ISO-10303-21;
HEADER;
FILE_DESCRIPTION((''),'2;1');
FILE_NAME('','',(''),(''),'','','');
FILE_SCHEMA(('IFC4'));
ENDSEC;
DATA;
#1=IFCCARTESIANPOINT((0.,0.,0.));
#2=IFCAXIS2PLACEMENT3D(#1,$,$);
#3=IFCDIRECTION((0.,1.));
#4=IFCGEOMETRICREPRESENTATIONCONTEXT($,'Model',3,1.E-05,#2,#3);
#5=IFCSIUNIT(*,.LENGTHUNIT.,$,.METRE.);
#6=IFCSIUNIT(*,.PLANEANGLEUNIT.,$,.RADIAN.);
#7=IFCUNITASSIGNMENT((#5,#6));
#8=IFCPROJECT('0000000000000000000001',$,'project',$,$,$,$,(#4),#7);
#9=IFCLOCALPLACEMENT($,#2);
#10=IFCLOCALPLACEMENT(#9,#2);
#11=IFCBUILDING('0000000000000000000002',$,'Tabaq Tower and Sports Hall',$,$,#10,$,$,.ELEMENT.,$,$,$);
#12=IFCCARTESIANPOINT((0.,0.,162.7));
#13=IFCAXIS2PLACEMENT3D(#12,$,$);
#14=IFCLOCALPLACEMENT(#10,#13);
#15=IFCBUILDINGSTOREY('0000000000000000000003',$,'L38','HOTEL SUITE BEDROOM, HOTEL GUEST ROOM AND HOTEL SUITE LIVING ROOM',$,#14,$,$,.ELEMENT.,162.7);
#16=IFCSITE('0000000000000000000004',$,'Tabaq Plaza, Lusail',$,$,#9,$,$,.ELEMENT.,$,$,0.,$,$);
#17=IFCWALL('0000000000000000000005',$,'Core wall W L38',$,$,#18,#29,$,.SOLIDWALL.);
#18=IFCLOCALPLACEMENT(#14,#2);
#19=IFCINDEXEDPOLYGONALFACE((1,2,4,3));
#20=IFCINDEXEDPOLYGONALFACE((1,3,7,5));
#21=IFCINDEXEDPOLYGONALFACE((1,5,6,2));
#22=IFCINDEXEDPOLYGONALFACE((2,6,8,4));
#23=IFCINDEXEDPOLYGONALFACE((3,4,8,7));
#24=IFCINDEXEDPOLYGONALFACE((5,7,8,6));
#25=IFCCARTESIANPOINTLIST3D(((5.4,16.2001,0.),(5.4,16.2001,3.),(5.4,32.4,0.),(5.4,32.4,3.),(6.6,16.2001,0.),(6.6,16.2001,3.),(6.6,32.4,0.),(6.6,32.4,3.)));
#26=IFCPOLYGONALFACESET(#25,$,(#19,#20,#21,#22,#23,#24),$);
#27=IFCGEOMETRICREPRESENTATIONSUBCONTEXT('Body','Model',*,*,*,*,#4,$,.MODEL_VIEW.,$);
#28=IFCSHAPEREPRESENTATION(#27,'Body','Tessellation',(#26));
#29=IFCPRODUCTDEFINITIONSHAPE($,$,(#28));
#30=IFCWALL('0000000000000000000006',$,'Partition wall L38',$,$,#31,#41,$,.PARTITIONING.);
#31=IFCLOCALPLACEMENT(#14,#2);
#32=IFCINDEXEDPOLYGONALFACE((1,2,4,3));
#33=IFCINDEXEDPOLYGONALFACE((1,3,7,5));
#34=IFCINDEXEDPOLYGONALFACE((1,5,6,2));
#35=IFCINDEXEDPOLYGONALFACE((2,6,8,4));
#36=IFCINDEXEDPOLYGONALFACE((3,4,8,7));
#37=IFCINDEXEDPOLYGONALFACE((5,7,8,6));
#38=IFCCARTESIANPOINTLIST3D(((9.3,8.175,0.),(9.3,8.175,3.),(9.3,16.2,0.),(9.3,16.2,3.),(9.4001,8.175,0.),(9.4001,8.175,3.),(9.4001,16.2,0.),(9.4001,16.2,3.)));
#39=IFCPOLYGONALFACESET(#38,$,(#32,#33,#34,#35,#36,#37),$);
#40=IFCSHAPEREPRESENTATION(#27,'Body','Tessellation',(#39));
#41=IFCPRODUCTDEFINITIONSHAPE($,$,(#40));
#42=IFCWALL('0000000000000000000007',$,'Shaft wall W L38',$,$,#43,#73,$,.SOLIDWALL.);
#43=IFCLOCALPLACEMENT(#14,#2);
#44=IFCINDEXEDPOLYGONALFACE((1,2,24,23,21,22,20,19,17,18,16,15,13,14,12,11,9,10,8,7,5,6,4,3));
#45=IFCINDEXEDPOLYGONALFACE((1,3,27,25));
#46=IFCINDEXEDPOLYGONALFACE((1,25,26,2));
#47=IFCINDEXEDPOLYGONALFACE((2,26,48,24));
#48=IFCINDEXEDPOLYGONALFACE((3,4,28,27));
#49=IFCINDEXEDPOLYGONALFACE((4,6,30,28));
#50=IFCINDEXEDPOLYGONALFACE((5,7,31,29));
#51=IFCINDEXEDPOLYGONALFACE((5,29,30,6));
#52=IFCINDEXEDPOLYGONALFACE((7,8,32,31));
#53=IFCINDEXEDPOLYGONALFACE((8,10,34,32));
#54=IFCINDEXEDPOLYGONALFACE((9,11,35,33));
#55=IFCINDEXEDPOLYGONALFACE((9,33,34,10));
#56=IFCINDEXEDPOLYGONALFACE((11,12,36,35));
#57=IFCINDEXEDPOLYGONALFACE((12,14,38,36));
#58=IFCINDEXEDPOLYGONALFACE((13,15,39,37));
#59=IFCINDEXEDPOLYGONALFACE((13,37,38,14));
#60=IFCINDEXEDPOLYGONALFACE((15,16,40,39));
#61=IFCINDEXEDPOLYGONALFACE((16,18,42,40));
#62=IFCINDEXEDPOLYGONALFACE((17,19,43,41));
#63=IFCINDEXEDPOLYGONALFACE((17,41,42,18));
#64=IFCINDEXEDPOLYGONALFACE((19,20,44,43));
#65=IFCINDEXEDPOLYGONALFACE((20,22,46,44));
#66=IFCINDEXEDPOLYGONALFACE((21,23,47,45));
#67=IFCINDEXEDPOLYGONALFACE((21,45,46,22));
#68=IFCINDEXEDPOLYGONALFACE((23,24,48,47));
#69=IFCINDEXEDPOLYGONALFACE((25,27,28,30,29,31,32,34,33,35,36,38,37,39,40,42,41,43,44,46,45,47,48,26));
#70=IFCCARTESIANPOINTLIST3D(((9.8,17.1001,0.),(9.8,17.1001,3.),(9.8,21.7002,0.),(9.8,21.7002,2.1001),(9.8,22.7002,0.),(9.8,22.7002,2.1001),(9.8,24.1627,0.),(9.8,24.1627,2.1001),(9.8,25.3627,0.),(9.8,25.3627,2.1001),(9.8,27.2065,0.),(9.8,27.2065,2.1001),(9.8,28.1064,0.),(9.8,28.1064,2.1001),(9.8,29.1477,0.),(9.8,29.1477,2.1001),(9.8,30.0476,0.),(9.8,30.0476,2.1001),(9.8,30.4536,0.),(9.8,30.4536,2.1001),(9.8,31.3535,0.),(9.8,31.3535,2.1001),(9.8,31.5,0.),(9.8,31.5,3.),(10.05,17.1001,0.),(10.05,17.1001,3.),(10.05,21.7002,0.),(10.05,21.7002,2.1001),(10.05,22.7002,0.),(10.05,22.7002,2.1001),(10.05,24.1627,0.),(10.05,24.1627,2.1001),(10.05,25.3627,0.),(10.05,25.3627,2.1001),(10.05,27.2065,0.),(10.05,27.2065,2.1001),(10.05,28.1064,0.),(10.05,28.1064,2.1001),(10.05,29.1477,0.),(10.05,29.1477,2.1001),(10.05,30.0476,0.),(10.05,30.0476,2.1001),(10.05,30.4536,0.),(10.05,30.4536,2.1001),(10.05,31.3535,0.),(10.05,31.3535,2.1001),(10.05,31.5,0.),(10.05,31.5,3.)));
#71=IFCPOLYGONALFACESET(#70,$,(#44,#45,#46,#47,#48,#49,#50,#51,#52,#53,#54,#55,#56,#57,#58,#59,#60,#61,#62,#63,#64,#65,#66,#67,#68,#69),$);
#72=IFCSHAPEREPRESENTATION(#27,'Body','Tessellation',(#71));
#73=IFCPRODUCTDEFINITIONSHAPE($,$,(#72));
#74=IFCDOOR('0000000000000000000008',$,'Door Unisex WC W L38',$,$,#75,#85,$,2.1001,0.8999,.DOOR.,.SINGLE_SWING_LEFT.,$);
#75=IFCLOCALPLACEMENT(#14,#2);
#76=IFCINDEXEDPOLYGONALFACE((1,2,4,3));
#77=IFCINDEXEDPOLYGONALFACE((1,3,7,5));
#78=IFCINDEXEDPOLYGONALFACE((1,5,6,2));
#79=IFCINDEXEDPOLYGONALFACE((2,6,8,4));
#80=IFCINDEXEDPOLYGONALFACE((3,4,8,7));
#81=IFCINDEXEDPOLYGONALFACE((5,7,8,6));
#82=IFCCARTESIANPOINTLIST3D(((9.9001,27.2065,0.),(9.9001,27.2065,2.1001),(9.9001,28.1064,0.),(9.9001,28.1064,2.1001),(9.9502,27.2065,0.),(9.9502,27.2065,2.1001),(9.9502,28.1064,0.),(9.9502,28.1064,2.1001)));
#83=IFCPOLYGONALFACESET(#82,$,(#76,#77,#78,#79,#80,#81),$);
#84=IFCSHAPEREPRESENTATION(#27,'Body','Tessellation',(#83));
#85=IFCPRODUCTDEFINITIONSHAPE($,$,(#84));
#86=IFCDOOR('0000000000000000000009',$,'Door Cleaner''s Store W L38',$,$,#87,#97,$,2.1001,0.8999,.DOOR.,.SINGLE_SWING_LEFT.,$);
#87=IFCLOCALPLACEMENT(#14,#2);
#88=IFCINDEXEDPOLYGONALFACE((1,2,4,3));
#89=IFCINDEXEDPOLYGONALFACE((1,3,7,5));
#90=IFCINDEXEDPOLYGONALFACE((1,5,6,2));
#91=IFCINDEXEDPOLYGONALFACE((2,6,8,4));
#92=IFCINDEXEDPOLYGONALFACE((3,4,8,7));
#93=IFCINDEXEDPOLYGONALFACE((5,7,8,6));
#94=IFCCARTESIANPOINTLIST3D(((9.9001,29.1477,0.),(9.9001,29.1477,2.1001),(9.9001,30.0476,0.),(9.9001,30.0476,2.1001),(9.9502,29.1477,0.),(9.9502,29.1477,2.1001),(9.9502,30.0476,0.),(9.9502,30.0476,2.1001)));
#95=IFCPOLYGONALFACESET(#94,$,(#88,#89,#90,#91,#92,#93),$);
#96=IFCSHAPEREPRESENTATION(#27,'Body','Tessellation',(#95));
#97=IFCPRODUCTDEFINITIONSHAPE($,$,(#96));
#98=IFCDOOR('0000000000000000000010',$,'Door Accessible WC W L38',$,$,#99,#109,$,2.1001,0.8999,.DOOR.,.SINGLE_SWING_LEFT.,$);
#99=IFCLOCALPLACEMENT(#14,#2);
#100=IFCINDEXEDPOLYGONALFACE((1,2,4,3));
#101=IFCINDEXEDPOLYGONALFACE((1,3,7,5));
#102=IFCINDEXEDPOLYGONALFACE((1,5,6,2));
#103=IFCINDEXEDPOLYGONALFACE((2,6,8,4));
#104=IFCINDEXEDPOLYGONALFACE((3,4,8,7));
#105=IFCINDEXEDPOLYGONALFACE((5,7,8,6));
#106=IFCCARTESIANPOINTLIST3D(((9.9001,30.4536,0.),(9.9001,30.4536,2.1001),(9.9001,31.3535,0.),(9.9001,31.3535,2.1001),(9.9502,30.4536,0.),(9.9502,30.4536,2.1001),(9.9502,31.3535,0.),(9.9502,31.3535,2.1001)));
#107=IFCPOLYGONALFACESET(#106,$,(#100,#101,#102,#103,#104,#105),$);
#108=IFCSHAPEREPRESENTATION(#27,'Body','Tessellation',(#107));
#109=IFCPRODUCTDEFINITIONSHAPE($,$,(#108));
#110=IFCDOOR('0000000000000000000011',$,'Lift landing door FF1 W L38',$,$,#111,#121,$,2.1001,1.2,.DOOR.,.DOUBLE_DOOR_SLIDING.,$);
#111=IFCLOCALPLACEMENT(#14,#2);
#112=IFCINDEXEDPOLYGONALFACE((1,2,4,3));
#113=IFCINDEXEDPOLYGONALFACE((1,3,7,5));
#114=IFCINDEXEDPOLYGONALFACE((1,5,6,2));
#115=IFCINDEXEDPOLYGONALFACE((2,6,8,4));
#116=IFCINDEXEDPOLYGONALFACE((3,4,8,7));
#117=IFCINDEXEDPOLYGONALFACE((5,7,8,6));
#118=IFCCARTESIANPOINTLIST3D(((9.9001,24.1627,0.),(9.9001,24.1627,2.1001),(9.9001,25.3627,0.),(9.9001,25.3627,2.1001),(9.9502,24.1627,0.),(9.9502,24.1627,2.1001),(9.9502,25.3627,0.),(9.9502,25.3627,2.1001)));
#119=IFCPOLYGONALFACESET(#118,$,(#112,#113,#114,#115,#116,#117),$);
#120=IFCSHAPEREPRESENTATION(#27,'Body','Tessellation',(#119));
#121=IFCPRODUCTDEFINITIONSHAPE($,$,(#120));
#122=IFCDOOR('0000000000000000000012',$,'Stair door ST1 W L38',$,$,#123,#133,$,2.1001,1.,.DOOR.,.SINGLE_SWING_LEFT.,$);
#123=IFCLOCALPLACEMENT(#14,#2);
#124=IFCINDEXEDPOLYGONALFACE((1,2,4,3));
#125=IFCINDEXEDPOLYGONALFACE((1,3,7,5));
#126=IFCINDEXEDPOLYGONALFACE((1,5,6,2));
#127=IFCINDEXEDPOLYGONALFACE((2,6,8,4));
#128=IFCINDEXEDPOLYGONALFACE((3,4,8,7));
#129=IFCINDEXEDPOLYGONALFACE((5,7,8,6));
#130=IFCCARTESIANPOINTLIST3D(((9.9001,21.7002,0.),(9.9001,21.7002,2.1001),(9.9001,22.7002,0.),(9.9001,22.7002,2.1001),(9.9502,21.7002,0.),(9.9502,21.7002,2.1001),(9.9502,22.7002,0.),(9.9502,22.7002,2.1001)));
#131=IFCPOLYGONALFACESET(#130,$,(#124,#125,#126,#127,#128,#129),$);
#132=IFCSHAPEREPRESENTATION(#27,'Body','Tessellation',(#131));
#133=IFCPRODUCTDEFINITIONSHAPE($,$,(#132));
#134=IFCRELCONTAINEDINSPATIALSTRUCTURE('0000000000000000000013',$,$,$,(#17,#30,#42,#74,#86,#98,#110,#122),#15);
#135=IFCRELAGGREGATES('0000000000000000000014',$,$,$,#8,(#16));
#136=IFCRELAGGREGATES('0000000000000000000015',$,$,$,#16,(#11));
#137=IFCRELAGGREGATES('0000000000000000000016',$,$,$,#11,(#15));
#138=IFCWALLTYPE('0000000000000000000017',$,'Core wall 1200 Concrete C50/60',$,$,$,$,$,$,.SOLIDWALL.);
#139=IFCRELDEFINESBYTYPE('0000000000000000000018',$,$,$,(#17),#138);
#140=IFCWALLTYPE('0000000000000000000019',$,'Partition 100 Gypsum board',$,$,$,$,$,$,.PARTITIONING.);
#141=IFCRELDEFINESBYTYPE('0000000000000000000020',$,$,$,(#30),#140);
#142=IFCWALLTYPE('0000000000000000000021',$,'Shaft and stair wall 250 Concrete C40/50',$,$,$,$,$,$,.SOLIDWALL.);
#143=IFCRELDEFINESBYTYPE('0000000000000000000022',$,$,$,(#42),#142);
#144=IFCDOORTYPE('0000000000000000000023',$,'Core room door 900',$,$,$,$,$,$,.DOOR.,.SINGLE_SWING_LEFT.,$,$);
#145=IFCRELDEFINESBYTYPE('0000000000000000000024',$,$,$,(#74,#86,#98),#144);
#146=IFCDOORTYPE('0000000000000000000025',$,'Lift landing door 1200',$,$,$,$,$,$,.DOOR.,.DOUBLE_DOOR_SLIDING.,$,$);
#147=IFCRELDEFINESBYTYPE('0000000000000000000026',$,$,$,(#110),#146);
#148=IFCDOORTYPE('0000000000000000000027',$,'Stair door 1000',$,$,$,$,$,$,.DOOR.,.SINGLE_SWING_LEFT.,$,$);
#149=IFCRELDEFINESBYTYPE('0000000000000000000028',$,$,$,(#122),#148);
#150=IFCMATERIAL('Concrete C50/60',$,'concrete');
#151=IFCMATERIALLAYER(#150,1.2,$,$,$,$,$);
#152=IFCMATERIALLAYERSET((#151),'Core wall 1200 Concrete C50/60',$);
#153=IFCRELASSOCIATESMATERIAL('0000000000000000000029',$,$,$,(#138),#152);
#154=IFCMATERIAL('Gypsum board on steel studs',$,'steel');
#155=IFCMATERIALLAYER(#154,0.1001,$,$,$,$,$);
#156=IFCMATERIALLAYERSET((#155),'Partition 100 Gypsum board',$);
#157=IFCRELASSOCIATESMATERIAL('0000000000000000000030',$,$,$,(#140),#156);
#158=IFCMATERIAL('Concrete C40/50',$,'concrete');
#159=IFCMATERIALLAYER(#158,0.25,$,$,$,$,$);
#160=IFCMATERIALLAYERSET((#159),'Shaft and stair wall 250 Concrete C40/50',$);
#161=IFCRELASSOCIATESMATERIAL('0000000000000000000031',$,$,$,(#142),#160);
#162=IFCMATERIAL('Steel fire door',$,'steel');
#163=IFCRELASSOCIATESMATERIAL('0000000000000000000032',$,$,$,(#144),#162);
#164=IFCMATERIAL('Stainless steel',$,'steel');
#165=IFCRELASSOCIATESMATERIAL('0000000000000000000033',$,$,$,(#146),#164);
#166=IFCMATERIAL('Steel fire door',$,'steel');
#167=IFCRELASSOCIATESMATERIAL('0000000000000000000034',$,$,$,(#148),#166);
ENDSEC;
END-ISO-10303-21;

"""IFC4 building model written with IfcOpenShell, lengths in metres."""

from ifc_helpers import new_model, si_unit, direction, frame, frame_2d, origin, place, context, subcontext, project, spatial, rectangle, extrude, material, layer, layer_set, type_object, element, fill, save


model = new_model("IFC4")

# Units and contexts
model_context = context("Model", 3, precision=1e-05, world=origin(), true_north=direction((0.0, 1.0)))
body_context = subcontext(model_context, "Body", "Model", "MODEL_VIEW")
ifc_project = project(units=[si_unit("LENGTHUNIT", "METRE"), si_unit("PLANEANGLEUNIT", "RADIAN")], contexts=[model_context])

# Site, building, storey
site_placement = place(None, origin())
site = spatial("IfcSite", under=ifc_project, at=site_placement, Name="Tabaq Plaza, Lusail", CompositionType="ELEMENT", RefElevation=0.0)
building_placement = place(site_placement, origin())
building = spatial("IfcBuilding", under=site, at=building_placement, Name="Tabaq Tower and Sports Hall", CompositionType="ELEMENT")
storey_placement = place(building_placement, frame((0.0, 0.0, 162.7)))
storey = spatial("IfcBuildingStorey", under=building, at=storey_placement, Name="L38", Description="HOTEL SUITE BEDROOM, HOTEL GUEST ROOM AND HOTEL SUITE LIVING ROOM", CompositionType="ELEMENT", Elevation=162.7)

# Walls
ifc_material_1 = material(Name="Concrete C50/60", Category="concrete")
ifc_layer_1 = layer(ifc_material_1, 1.2)
ifc_layer_set_1 = layer_set([ifc_layer_1], Name="Core wall 1200 Concrete C50/60")
wall_type_1 = type_object("IfcWallType", Name="Core wall 1200 Concrete C50/60", PredefinedType="SOLIDWALL", material=ifc_layer_set_1)
wall_1_placement = place(storey_placement, frame((6.0, 16.2, 0.0), z_axis=(0.0, 0.0, 1.0), x_axis=(0.0, 1.0, 0.0)))
element("IfcWall", 1, at=wall_1_placement, inside=storey, type_object=wall_type_1, Name="Core wall W L38", PredefinedType="SOLIDWALL", context=body_context, shape_type="SweptSolid", body=[
    extrude(rectangle(XDim=16.2, YDim=1.2, at=frame_2d((8.1001, 0.0))), origin(), (0.0, 0.0, 1.0), 3.0),
])
ifc_material_2 = material(Name="Gypsum board on steel studs", Category="steel")
ifc_layer_2 = layer(ifc_material_2, 0.1001)
ifc_layer_set_2 = layer_set([ifc_layer_2], Name="Partition 100 Gypsum board")
wall_type_2 = type_object("IfcWallType", Name="Partition 100 Gypsum board", PredefinedType="PARTITIONING", material=ifc_layer_set_2)
wall_2_placement = place(storey_placement, frame((9.3501, 16.2, 0.0), z_axis=(0.0, 0.0, 1.0), x_axis=(0.0, -1.0, 0.0)))
element("IfcWall", 2, at=wall_2_placement, inside=storey, type_object=wall_type_2, Name="Partition wall L38", PredefinedType="PARTITIONING", context=body_context, shape_type="SweptSolid", body=[
    extrude(rectangle(XDim=8.0249, YDim=0.1001, at=frame_2d((4.0125, 0.0))), origin(), (0.0, 0.0, 1.0), 3.0),
])

# Wall, openings, doors
ifc_material_3 = material(Name="Concrete C40/50", Category="concrete")
ifc_layer_3 = layer(ifc_material_3, 0.25)
ifc_layer_set_3 = layer_set([ifc_layer_3], Name="Shaft and stair wall 250 Concrete C40/50")
wall_type_3 = type_object("IfcWallType", Name="Shaft and stair wall 250 Concrete C40/50", PredefinedType="SOLIDWALL", material=ifc_layer_set_3)
wall_3_placement = place(storey_placement, frame((9.925, 17.1001, 0.0), z_axis=(0.0, 0.0, 1.0), x_axis=(0.0, 1.0, 0.0)))
wall_3 = element("IfcWall", 3, at=wall_3_placement, inside=storey, type_object=wall_type_3, Name="Shaft wall W L38", PredefinedType="SOLIDWALL", context=body_context, shape_type="SweptSolid", body=[
    extrude(rectangle(XDim=14.3999, YDim=0.25, at=frame_2d((7.2, 0.0))), origin(), (0.0, 0.0, 1.0), 3.0),
])
opening_1_placement = place(wall_3_placement, frame((4.6001, 0.0, 0.0)))
opening_1 = element("IfcOpeningElement", 4, at=opening_1_placement, cuts=wall_3, PredefinedType="OPENING", context=body_context, shape_type="SweptSolid", body=[
    extrude(rectangle(XDim=1.0, YDim=2.1001, at=frame_2d((0.5, 1.05))), frame((0.0, 0.125, 0.0), z_axis=(0.0, -1.0, 0.0), x_axis=(1.0, 0.0, 0.0)), (0.0, 0.0, 1.0), 0.25),
])
opening_2_placement = place(wall_3_placement, frame((7.0625, 0.0, 0.0)))
opening_2 = element("IfcOpeningElement", 5, at=opening_2_placement, cuts=wall_3, PredefinedType="OPENING", context=body_context, shape_type="SweptSolid", body=[
    extrude(rectangle(XDim=1.2, YDim=2.1001, at=frame_2d((0.6001, 1.05))), frame((0.0, 0.125, 0.0), z_axis=(0.0, -1.0, 0.0), x_axis=(1.0, 0.0, 0.0)), (0.0, 0.0, 1.0), 0.25),
])
opening_3_placement = place(wall_3_placement, frame((10.1064, 0.0, 0.0)))
opening_3 = element("IfcOpeningElement", 6, at=opening_3_placement, cuts=wall_3, PredefinedType="OPENING", context=body_context, shape_type="SweptSolid", body=[
    extrude(rectangle(XDim=0.8999, YDim=2.1001, at=frame_2d((0.45, 1.05))), frame((0.0, 0.125, 0.0), z_axis=(0.0, -1.0, 0.0), x_axis=(1.0, 0.0, 0.0)), (0.0, 0.0, 1.0), 0.25),
])
opening_4_placement = place(wall_3_placement, frame((12.0476, 0.0, 0.0)))
opening_4 = element("IfcOpeningElement", 7, at=opening_4_placement, cuts=wall_3, PredefinedType="OPENING", context=body_context, shape_type="SweptSolid", body=[
    extrude(rectangle(XDim=0.8999, YDim=2.1001, at=frame_2d((0.45, 1.05))), frame((0.0, 0.125, 0.0), z_axis=(0.0, -1.0, 0.0), x_axis=(1.0, 0.0, 0.0)), (0.0, 0.0, 1.0), 0.25),
])
opening_5_placement = place(wall_3_placement, frame((13.3535, 0.0, 0.0)))
opening_5 = element("IfcOpeningElement", 8, at=opening_5_placement, cuts=wall_3, PredefinedType="OPENING", context=body_context, shape_type="SweptSolid", body=[
    extrude(rectangle(XDim=0.8999, YDim=2.1001, at=frame_2d((0.45, 1.05))), frame((0.0, 0.125, 0.0), z_axis=(0.0, -1.0, 0.0), x_axis=(1.0, 0.0, 0.0)), (0.0, 0.0, 1.0), 0.25),
])
ifc_material_4 = material(Name="Steel fire door", Category="steel")
door_type_1 = type_object("IfcDoorType", Name="Core room door 900", OperationType="SINGLE_SWING_LEFT", PredefinedType="DOOR", material=ifc_material_4)
door_1_placement = place(opening_3_placement, origin())
door_1 = element("IfcDoor", 9, at=door_1_placement, inside=storey, type_object=door_type_1, Name="Door Unisex WC W L38", OperationType="SINGLE_SWING_LEFT", OverallHeight=2.1001, OverallWidth=0.8999, PredefinedType="DOOR", context=body_context, shape_type="SweptSolid", body=[
    extrude(rectangle(XDim=0.8999, YDim=2.1001, at=frame_2d((0.45, 1.05))), frame((0.0, 0.0249, 0.0), z_axis=(0.0, -1.0, 0.0), x_axis=(1.0, 0.0, 0.0)), (0.0, 0.0, 1.0), 0.05),
])
fill(opening_3, door_1)
door_2_placement = place(opening_4_placement, origin())
door_2 = element("IfcDoor", 10, at=door_2_placement, inside=storey, type_object=door_type_1, Name="Door Cleaner's Store W L38", OperationType="SINGLE_SWING_LEFT", OverallHeight=2.1001, OverallWidth=0.8999, PredefinedType="DOOR", context=body_context, shape_type="SweptSolid", body=[
    extrude(rectangle(XDim=0.8999, YDim=2.1001, at=frame_2d((0.45, 1.05))), frame((0.0, 0.0249, 0.0), z_axis=(0.0, -1.0, 0.0), x_axis=(1.0, 0.0, 0.0)), (0.0, 0.0, 1.0), 0.05),
])
fill(opening_4, door_2)
door_3_placement = place(opening_5_placement, origin())
door_3 = element("IfcDoor", 11, at=door_3_placement, inside=storey, type_object=door_type_1, Name="Door Accessible WC W L38", OperationType="SINGLE_SWING_LEFT", OverallHeight=2.1001, OverallWidth=0.8999, PredefinedType="DOOR", context=body_context, shape_type="SweptSolid", body=[
    extrude(rectangle(XDim=0.8999, YDim=2.1001, at=frame_2d((0.45, 1.05))), frame((0.0, 0.0249, 0.0), z_axis=(0.0, -1.0, 0.0), x_axis=(1.0, 0.0, 0.0)), (0.0, 0.0, 1.0), 0.05),
])
fill(opening_5, door_3)
ifc_material_5 = material(Name="Stainless steel", Category="steel")
door_type_2 = type_object("IfcDoorType", Name="Lift landing door 1200", OperationType="DOUBLE_DOOR_SLIDING", PredefinedType="DOOR", material=ifc_material_5)
door_4_placement = place(opening_2_placement, origin())
door_4 = element("IfcDoor", 12, at=door_4_placement, inside=storey, type_object=door_type_2, Name="Lift landing door FF1 W L38", OperationType="DOUBLE_DOOR_SLIDING", OverallHeight=2.1001, OverallWidth=1.2, PredefinedType="DOOR", context=body_context, shape_type="SweptSolid", body=[
    extrude(rectangle(XDim=1.2, YDim=2.1001, at=frame_2d((0.6001, 1.05))), frame((0.0, 0.0249, 0.0), z_axis=(0.0, -1.0, 0.0), x_axis=(1.0, 0.0, 0.0)), (0.0, 0.0, 1.0), 0.05),
])
fill(opening_2, door_4)
ifc_material_6 = material(Name="Steel fire door", Category="steel")
door_type_3 = type_object("IfcDoorType", Name="Stair door 1000", OperationType="SINGLE_SWING_LEFT", PredefinedType="DOOR", material=ifc_material_6)
door_5_placement = place(opening_1_placement, origin())
door_5 = element("IfcDoor", 13, at=door_5_placement, inside=storey, type_object=door_type_3, Name="Stair door ST1 W L38", OperationType="SINGLE_SWING_LEFT", OverallHeight=2.1001, OverallWidth=1.0, PredefinedType="DOOR", context=body_context, shape_type="SweptSolid", body=[
    extrude(rectangle(XDim=1.0, YDim=2.1001, at=frame_2d((0.5, 1.05))), frame((0.0, 0.0249, 0.0), z_axis=(0.0, -1.0, 0.0), x_axis=(1.0, 0.0, 0.0)), (0.0, 0.0, 1.0), 0.05),
])
fill(opening_1, door_5)

save(model, "model.ifc")
